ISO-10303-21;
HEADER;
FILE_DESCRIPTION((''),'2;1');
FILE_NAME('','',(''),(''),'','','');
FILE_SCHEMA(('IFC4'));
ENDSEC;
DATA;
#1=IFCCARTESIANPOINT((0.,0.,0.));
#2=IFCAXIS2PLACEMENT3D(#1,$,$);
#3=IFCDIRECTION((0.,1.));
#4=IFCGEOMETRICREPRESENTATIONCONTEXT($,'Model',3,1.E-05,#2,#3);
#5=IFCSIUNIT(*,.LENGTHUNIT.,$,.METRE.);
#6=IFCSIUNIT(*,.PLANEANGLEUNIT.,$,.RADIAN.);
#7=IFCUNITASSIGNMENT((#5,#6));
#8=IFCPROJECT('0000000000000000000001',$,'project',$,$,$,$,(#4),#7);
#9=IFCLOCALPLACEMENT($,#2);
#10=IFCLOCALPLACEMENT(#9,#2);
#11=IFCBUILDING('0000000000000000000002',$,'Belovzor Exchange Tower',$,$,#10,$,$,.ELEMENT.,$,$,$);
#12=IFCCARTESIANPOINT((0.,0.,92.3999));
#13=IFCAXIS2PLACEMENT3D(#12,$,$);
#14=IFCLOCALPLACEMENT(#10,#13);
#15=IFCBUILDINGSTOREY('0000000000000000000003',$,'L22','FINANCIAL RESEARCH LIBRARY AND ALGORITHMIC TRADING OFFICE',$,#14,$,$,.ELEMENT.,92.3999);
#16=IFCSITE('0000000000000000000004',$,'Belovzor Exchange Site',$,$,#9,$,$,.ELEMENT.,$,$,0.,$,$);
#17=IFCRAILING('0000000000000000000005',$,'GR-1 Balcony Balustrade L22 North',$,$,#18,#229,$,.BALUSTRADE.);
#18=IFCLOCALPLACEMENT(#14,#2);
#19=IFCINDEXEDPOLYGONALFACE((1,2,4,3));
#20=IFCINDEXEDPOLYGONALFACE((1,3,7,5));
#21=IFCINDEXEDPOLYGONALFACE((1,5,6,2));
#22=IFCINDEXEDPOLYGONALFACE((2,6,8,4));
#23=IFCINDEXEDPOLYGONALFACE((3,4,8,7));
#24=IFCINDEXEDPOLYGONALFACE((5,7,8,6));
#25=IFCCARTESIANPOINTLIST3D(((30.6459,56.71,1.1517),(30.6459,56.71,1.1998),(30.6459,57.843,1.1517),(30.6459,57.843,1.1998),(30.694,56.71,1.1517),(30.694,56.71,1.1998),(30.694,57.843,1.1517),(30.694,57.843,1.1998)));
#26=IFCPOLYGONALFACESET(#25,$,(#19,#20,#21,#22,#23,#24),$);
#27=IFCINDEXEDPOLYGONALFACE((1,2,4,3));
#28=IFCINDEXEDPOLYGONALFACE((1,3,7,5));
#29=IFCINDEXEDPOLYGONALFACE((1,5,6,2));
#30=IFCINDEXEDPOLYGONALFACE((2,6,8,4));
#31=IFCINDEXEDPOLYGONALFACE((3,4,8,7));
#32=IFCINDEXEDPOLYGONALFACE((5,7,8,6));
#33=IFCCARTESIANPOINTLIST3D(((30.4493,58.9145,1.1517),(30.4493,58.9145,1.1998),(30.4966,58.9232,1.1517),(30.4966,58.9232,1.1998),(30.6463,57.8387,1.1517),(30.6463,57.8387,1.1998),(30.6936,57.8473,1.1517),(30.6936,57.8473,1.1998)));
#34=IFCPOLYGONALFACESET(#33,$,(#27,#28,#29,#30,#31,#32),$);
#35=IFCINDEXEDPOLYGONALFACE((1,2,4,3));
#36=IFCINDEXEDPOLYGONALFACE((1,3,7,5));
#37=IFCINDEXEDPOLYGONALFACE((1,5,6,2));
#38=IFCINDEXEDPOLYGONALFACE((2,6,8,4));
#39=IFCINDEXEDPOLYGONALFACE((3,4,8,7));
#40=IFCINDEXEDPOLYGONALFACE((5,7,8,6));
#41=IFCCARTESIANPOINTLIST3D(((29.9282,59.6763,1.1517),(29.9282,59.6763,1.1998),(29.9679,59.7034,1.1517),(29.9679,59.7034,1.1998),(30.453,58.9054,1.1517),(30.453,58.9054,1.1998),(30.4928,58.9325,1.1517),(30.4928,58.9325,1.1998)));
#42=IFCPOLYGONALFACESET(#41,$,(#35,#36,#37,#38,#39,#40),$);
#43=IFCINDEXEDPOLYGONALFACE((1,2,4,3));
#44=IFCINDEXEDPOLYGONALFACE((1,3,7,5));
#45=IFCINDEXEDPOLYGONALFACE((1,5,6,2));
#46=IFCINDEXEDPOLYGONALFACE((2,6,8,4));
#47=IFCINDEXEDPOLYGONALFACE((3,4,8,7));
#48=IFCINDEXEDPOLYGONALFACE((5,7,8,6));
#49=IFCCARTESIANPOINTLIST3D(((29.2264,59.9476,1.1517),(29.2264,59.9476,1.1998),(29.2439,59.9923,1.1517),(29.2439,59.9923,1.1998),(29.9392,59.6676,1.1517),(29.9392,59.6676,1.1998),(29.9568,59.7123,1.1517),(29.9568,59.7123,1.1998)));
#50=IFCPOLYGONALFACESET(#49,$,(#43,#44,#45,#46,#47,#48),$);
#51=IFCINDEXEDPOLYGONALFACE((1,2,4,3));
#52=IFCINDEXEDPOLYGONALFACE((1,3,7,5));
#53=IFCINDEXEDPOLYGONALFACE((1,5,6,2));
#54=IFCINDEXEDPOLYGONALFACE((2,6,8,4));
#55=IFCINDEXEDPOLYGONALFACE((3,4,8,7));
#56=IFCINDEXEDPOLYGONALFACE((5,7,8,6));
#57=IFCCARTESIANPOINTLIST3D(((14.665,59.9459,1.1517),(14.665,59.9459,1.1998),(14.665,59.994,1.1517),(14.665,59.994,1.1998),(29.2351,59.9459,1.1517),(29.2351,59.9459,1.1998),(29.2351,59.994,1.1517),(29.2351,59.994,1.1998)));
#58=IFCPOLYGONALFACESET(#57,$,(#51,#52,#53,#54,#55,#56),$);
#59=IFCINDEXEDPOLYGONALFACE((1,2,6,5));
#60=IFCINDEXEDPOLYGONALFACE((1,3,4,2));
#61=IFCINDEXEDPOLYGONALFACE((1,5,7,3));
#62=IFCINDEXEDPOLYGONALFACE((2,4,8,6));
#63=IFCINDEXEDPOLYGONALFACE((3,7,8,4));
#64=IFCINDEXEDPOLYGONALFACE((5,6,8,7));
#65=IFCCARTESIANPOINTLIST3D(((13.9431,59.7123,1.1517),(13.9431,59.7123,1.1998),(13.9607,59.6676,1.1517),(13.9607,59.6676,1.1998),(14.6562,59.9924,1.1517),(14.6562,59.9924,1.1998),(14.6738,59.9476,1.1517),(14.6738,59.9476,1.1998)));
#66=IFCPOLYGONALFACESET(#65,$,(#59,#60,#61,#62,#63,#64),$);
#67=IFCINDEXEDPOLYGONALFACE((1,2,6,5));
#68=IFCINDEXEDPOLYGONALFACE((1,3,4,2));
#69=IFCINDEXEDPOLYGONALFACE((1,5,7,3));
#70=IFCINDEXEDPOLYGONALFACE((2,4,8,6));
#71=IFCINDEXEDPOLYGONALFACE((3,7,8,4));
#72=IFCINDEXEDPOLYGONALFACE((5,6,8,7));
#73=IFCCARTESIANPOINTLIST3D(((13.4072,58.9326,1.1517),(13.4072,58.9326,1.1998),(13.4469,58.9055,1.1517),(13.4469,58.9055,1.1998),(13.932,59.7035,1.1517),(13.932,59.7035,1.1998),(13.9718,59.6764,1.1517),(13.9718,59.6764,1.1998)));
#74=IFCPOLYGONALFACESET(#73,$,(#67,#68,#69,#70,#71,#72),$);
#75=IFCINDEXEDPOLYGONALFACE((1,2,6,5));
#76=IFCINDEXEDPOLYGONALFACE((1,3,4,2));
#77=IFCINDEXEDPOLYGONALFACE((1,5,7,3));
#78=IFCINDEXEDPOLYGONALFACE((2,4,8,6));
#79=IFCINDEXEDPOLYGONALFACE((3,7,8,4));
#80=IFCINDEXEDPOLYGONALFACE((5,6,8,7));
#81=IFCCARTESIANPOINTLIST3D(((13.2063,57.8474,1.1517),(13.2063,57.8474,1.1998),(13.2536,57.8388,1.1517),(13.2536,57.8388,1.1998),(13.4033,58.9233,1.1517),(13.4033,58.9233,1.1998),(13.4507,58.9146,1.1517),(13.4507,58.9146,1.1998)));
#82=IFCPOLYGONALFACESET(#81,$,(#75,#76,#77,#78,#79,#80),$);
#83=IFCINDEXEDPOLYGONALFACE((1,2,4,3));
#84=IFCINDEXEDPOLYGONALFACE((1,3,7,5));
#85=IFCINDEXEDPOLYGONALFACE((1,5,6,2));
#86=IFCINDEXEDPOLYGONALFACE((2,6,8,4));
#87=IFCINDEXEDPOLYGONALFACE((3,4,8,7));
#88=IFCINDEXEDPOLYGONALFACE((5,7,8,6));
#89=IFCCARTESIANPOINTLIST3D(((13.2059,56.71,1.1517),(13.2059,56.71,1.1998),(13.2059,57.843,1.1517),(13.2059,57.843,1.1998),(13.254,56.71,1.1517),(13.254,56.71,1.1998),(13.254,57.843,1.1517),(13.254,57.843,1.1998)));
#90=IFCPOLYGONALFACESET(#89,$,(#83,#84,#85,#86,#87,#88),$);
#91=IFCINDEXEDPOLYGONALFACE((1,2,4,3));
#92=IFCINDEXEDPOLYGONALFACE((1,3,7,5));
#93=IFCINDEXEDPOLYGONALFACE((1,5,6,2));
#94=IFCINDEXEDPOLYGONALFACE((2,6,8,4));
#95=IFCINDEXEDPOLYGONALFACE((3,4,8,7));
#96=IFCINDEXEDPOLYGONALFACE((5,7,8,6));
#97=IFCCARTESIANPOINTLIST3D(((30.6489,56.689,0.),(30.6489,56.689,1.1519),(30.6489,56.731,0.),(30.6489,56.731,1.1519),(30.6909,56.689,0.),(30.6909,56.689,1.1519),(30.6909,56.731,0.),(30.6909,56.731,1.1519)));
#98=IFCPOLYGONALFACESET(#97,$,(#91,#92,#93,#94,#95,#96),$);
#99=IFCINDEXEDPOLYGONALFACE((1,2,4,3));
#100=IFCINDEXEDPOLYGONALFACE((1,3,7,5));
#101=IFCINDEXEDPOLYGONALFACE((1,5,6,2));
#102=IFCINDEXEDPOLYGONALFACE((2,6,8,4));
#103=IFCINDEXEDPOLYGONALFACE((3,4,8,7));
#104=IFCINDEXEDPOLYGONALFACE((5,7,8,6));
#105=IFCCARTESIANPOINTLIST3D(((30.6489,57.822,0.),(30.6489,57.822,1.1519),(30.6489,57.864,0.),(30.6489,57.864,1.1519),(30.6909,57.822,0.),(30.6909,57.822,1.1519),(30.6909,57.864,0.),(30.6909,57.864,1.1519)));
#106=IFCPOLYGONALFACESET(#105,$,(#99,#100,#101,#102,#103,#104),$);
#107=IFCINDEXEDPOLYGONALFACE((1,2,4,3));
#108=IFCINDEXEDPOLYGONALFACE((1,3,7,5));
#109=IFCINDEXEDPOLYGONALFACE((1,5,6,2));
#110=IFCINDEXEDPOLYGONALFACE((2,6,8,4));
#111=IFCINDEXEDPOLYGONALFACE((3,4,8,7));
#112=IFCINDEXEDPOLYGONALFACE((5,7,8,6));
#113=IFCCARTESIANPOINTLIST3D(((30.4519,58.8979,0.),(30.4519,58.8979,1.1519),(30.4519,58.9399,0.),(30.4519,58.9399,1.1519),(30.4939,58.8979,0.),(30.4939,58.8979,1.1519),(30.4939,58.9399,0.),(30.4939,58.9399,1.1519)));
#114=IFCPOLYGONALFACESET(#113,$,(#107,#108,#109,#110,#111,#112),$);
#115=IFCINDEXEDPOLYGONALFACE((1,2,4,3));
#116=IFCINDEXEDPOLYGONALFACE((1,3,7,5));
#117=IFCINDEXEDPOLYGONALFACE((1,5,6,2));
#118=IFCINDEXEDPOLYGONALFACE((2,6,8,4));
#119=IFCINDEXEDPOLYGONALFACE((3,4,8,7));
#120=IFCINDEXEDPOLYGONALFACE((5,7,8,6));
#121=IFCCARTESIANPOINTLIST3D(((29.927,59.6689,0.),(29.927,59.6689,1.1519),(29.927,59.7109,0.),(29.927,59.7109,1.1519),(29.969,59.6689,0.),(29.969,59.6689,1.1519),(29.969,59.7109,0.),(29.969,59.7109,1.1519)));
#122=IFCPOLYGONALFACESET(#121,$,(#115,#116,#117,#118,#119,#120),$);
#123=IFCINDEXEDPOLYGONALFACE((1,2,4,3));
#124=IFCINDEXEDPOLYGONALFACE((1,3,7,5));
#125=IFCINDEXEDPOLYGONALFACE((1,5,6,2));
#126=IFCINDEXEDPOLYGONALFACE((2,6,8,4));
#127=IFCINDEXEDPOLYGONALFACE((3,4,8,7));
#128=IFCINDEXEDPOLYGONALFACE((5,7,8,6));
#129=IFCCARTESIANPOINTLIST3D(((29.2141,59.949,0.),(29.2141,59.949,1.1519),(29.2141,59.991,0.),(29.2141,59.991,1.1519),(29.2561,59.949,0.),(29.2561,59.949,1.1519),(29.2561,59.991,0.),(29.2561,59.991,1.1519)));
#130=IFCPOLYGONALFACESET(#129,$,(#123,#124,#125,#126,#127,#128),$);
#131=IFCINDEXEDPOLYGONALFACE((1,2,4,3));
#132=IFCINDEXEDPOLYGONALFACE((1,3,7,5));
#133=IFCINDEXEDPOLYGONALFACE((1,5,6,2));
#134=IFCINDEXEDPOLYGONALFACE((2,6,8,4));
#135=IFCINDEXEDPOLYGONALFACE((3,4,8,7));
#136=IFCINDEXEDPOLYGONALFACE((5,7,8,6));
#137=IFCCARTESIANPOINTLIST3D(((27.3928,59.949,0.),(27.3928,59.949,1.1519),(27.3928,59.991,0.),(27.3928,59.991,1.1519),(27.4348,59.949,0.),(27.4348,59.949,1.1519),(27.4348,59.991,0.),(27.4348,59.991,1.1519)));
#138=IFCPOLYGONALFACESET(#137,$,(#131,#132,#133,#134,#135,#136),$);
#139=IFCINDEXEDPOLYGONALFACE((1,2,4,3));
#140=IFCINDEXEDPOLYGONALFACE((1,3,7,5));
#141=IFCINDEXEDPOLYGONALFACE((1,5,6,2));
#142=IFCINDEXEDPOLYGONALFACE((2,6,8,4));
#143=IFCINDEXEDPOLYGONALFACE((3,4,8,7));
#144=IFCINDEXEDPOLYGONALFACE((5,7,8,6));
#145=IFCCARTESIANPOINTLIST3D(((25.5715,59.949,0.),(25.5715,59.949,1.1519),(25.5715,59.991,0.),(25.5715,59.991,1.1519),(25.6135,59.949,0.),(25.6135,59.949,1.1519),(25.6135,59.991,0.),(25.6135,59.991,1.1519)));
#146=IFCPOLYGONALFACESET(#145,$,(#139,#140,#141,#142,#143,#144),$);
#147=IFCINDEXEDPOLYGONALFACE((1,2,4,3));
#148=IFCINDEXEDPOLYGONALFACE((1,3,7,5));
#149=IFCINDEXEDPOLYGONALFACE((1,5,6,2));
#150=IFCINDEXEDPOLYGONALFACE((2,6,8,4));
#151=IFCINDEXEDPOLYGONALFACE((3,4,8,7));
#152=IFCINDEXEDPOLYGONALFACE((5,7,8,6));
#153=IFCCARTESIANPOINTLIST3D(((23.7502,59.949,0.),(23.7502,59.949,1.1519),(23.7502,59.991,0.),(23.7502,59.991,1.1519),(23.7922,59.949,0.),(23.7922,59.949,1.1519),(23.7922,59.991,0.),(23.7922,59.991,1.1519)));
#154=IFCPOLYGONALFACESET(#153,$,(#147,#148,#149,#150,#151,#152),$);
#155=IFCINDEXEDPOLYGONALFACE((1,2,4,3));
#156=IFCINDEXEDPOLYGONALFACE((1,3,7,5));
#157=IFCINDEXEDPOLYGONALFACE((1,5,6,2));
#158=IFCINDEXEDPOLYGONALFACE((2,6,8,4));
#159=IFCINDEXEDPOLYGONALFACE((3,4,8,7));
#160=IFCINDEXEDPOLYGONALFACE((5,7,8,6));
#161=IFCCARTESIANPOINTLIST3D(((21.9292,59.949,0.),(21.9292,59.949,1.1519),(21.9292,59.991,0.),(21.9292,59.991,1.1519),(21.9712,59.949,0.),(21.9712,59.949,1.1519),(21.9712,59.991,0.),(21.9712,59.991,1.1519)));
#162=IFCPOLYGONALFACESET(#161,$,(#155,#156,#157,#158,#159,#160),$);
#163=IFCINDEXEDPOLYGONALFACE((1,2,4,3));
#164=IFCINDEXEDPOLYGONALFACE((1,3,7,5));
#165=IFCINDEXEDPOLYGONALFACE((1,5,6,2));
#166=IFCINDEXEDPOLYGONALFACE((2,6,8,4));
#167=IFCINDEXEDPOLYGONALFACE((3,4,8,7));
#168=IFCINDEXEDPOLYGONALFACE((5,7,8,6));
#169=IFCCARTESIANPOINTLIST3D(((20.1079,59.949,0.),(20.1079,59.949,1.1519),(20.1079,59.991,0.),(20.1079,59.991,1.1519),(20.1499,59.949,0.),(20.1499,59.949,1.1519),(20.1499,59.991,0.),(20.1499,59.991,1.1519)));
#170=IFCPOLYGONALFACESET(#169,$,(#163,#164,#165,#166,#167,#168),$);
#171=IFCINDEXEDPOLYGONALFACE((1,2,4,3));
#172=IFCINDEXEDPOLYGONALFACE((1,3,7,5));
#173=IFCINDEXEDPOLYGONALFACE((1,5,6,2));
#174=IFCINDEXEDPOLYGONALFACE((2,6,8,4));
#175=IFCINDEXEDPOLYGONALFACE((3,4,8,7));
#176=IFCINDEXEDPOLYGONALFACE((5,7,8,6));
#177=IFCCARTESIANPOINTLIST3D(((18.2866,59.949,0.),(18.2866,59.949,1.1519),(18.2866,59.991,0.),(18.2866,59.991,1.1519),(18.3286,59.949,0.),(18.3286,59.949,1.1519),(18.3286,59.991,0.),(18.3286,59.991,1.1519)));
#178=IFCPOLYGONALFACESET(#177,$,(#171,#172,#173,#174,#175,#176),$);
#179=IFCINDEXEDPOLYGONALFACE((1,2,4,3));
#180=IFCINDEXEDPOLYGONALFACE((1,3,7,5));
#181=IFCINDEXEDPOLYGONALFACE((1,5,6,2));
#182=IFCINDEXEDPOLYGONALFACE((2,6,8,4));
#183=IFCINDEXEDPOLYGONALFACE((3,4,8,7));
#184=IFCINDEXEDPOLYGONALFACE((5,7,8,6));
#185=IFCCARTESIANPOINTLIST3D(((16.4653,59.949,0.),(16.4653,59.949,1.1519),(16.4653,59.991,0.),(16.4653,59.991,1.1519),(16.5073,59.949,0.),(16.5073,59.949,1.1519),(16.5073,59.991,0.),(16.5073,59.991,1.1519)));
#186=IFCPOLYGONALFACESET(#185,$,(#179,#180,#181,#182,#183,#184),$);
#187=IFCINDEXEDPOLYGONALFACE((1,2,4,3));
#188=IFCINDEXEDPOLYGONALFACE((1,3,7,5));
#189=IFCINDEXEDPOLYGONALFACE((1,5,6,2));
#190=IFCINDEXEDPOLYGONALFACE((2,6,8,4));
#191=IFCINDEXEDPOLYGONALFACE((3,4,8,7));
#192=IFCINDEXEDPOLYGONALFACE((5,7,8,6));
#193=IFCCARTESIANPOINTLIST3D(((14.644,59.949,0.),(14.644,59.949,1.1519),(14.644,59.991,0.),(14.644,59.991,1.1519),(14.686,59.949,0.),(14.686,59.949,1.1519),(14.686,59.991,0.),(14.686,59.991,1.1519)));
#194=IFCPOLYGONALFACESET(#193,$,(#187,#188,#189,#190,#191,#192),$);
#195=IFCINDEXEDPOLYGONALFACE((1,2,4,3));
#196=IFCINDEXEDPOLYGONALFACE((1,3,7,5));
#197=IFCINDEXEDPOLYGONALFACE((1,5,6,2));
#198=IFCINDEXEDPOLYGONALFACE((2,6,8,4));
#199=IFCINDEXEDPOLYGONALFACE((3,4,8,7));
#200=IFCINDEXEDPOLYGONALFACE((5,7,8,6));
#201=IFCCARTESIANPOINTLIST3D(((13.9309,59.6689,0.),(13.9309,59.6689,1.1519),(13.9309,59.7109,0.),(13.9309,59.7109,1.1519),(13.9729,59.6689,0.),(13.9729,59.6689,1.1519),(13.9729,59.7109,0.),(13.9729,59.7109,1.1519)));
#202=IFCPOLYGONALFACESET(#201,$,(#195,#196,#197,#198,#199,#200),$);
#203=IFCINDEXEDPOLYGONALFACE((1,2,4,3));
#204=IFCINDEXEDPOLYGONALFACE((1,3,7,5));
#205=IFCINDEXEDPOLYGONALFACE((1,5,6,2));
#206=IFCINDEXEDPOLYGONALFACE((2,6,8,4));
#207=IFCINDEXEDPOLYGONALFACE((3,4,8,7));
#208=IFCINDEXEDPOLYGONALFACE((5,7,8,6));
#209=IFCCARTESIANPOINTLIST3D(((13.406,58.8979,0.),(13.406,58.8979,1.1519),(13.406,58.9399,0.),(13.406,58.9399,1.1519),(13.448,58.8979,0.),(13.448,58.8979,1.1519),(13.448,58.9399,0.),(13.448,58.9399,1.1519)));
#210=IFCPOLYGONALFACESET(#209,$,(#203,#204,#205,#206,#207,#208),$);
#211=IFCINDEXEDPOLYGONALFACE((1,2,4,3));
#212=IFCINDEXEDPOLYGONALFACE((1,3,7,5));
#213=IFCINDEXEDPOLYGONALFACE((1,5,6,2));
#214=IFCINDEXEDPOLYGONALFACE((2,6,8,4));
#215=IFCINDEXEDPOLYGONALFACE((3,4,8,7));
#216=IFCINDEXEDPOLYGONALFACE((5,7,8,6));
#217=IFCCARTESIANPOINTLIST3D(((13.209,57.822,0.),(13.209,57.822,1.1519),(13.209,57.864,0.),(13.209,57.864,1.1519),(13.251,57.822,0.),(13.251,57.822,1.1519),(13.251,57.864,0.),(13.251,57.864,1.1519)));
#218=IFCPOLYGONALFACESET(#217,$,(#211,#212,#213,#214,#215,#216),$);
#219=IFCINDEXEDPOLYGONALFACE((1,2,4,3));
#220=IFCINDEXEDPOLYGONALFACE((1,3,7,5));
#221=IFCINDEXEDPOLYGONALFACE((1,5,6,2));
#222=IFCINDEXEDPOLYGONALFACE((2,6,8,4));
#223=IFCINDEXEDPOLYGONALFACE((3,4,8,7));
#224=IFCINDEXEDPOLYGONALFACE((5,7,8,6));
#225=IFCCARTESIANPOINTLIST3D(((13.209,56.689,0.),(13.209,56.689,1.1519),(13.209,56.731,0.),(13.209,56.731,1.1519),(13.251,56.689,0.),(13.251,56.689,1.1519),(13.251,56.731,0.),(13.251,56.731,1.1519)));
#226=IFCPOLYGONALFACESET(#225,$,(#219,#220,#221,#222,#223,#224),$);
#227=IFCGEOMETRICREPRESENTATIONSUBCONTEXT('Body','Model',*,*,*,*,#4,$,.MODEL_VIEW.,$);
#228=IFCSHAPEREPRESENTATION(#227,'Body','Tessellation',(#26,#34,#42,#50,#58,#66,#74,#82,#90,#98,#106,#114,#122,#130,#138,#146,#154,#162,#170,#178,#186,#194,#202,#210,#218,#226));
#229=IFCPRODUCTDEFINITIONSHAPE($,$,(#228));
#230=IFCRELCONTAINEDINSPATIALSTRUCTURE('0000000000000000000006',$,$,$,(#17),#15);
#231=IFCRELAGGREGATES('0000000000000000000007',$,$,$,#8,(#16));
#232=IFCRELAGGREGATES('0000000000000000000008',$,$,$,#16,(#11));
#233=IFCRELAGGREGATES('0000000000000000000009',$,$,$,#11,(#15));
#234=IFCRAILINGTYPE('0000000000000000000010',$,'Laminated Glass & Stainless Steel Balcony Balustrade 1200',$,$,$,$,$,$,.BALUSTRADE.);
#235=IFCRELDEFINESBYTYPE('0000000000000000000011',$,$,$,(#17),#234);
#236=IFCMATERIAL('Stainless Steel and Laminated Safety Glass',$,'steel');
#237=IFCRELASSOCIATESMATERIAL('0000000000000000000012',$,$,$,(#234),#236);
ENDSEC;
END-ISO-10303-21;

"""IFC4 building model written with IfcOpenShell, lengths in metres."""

from ifc_helpers import new_model, si_unit, direction, frame, origin, origin_2d, place, context, subcontext, project, spatial, rectangle, extrude, material, type_object, element, save


model = new_model("IFC4")

# Units and contexts
model_context = context("Model", 3, precision=1e-05, world=origin(), true_north=direction((0.0, 1.0)))
body_context = subcontext(model_context, "Body", "Model", "MODEL_VIEW")
ifc_project = project(units=[si_unit("LENGTHUNIT", "METRE"), si_unit("PLANEANGLEUNIT", "RADIAN")], contexts=[model_context])

# Site, building, storey
site_placement = place(None, origin())
site = spatial("IfcSite", under=ifc_project, at=site_placement, Name="Belovzor Exchange Site", CompositionType="ELEMENT", RefElevation=0.0)
building_placement = place(site_placement, origin())
building = spatial("IfcBuilding", under=site, at=building_placement, Name="Belovzor Exchange Tower", CompositionType="ELEMENT")
storey_placement = place(building_placement, frame((0.0, 0.0, 92.3999)))
storey = spatial("IfcBuildingStorey", under=building, at=storey_placement, Name="L22", Description="FINANCIAL RESEARCH LIBRARY AND ALGORITHMIC TRADING OFFICE", CompositionType="ELEMENT", Elevation=92.3999)

# Railing
ifc_material_1 = material(Name="Stainless Steel and Laminated Safety Glass", Category="steel")
railing_type = type_object("IfcRailingType", Name="Laminated Glass & Stainless Steel Balcony Balustrade 1200", PredefinedType="BALUSTRADE", material=ifc_material_1)
railing_placement = place(storey_placement, frame((30.6699, 56.71, 0.0)))
element("IfcRailing", 1, at=railing_placement, inside=storey, type_object=railing_type, Name="GR-1 Balcony Balustrade L22 North", PredefinedType="BALUSTRADE", context=body_context, shape_type="SweptSolid", body=[
    extrude(rectangle(XDim=0.0481, YDim=0.0481, at=origin_2d()), frame((0.0, 0.0, 1.1758), z_axis=(0.0, 1.0, 0.0), x_axis=(-1.0, 0.0, 0.0)), (0.0, 0.0, 1.0), 1.1331),
    extrude(rectangle(XDim=0.0481, YDim=0.0481, at=origin_2d()), frame((0.0, 1.1331, 1.1758), z_axis=(-0.180123, 0.983644, 0.0), x_axis=(-0.983644, -0.180123, 0.0)), (0.0, 0.0, 1.0), 1.0938),
    extrude(rectangle(XDim=0.0481, YDim=0.0481, at=origin_2d()), frame((-0.197, 2.209, 1.1758), z_axis=(-0.562768, 0.826615, 0.0), x_axis=(-0.826615, -0.562768, 0.0)), (0.0, 0.0, 1.0), 0.9326),
    extrude(rectangle(XDim=0.0481, YDim=0.0481, at=origin_2d()), frame((-0.7219, 2.98, 1.1758), z_axis=(-0.930767, 0.365613, 0.0), x_axis=(-0.365613, -0.930767, 0.0)), (0.0, 0.0, 1.0), 0.7659),
    extrude(rectangle(XDim=0.0481, YDim=0.0481, at=origin_2d()), frame((-1.4348, 3.26, 1.1758), z_axis=(-1.0, 0.0, 0.0), x_axis=(0.0, -1.0, 0.0)), (0.0, 0.0, 1.0), 14.5701),
    extrude(rectangle(XDim=0.0481, YDim=0.0481, at=origin_2d()), frame((-16.0049, 3.26, 1.1758), z_axis=(-0.93081, -0.365504, 0.0), x_axis=(0.365504, -0.93081, 0.0)), (0.0, 0.0, 1.0), 0.7661),
    extrude(rectangle(XDim=0.0481, YDim=0.0481, at=origin_2d()), frame((-16.718, 2.98, 1.1758), z_axis=(-0.562768, -0.826615, 0.0), x_axis=(0.826615, -0.562768, 0.0)), (0.0, 0.0, 1.0), 0.9326),
    extrude(rectangle(XDim=0.0481, YDim=0.0481, at=origin_2d()), frame((-17.2429, 2.209, 1.1758), z_axis=(-0.180123, -0.983644, 0.0), x_axis=(0.983644, -0.180123, 0.0)), (0.0, 0.0, 1.0), 1.0938),
    extrude(rectangle(XDim=0.0481, YDim=0.0481, at=origin_2d()), frame((-17.4399, 1.1331, 1.1758), z_axis=(0.0, -1.0, 0.0), x_axis=(1.0, 0.0, 0.0)), (0.0, 0.0, 1.0), 1.1331),
    extrude(rectangle(XDim=0.042, YDim=0.042, at=origin_2d()), origin(), (0.0, 0.0, 1.0), 1.1519),
    extrude(rectangle(XDim=0.042, YDim=0.042, at=origin_2d()), frame((0.0, 1.1331, 0.0)), (0.0, 0.0, 1.0), 1.1519),
    extrude(rectangle(XDim=0.042, YDim=0.042, at=origin_2d()), frame((-0.197, 2.209, 0.0)), (0.0, 0.0, 1.0), 1.1519),
    extrude(rectangle(XDim=0.042, YDim=0.042, at=origin_2d()), frame((-0.7219, 2.98, 0.0)), (0.0, 0.0, 1.0), 1.1519),
    extrude(rectangle(XDim=0.042, YDim=0.042, at=origin_2d()), frame((-1.4348, 3.26, 0.0)), (0.0, 0.0, 1.0), 1.1519),
    extrude(rectangle(XDim=0.042, YDim=0.042, at=origin_2d()), frame((-3.2561, 3.26, 0.0)), (0.0, 0.0, 1.0), 1.1519),
    extrude(rectangle(XDim=0.042, YDim=0.042, at=origin_2d()), frame((-5.0774, 3.26, 0.0)), (0.0, 0.0, 1.0), 1.1519),
    extrude(rectangle(XDim=0.042, YDim=0.042, at=origin_2d()), frame((-6.8987, 3.26, 0.0)), (0.0, 0.0, 1.0), 1.1519),
    extrude(rectangle(XDim=0.042, YDim=0.042, at=origin_2d()), frame((-8.7197, 3.26, 0.0)), (0.0, 0.0, 1.0), 1.1519),
    extrude(rectangle(XDim=0.042, YDim=0.042, at=origin_2d()), frame((-10.541, 3.26, 0.0)), (0.0, 0.0, 1.0), 1.1519),
    extrude(rectangle(XDim=0.042, YDim=0.042, at=origin_2d()), frame((-12.3623, 3.26, 0.0)), (0.0, 0.0, 1.0), 1.1519),
    extrude(rectangle(XDim=0.042, YDim=0.042, at=origin_2d()), frame((-14.1836, 3.26, 0.0)), (0.0, 0.0, 1.0), 1.1519),
    extrude(rectangle(XDim=0.042, YDim=0.042, at=origin_2d()), frame((-16.0049, 3.26, 0.0)), (0.0, 0.0, 1.0), 1.1519),
    extrude(rectangle(XDim=0.042, YDim=0.042, at=origin_2d()), frame((-16.718, 2.98, 0.0)), (0.0, 0.0, 1.0), 1.1519),
    extrude(rectangle(XDim=0.042, YDim=0.042, at=origin_2d()), frame((-17.2429, 2.209, 0.0)), (0.0, 0.0, 1.0), 1.1519),
    extrude(rectangle(XDim=0.042, YDim=0.042, at=origin_2d()), frame((-17.4399, 1.1331, 0.0)), (0.0, 0.0, 1.0), 1.1519),
    extrude(rectangle(XDim=0.042, YDim=0.042, at=origin_2d()), frame((-17.4399, 0.0, 0.0)), (0.0, 0.0, 1.0), 1.1519),
])

save(model, "model.ifc")
